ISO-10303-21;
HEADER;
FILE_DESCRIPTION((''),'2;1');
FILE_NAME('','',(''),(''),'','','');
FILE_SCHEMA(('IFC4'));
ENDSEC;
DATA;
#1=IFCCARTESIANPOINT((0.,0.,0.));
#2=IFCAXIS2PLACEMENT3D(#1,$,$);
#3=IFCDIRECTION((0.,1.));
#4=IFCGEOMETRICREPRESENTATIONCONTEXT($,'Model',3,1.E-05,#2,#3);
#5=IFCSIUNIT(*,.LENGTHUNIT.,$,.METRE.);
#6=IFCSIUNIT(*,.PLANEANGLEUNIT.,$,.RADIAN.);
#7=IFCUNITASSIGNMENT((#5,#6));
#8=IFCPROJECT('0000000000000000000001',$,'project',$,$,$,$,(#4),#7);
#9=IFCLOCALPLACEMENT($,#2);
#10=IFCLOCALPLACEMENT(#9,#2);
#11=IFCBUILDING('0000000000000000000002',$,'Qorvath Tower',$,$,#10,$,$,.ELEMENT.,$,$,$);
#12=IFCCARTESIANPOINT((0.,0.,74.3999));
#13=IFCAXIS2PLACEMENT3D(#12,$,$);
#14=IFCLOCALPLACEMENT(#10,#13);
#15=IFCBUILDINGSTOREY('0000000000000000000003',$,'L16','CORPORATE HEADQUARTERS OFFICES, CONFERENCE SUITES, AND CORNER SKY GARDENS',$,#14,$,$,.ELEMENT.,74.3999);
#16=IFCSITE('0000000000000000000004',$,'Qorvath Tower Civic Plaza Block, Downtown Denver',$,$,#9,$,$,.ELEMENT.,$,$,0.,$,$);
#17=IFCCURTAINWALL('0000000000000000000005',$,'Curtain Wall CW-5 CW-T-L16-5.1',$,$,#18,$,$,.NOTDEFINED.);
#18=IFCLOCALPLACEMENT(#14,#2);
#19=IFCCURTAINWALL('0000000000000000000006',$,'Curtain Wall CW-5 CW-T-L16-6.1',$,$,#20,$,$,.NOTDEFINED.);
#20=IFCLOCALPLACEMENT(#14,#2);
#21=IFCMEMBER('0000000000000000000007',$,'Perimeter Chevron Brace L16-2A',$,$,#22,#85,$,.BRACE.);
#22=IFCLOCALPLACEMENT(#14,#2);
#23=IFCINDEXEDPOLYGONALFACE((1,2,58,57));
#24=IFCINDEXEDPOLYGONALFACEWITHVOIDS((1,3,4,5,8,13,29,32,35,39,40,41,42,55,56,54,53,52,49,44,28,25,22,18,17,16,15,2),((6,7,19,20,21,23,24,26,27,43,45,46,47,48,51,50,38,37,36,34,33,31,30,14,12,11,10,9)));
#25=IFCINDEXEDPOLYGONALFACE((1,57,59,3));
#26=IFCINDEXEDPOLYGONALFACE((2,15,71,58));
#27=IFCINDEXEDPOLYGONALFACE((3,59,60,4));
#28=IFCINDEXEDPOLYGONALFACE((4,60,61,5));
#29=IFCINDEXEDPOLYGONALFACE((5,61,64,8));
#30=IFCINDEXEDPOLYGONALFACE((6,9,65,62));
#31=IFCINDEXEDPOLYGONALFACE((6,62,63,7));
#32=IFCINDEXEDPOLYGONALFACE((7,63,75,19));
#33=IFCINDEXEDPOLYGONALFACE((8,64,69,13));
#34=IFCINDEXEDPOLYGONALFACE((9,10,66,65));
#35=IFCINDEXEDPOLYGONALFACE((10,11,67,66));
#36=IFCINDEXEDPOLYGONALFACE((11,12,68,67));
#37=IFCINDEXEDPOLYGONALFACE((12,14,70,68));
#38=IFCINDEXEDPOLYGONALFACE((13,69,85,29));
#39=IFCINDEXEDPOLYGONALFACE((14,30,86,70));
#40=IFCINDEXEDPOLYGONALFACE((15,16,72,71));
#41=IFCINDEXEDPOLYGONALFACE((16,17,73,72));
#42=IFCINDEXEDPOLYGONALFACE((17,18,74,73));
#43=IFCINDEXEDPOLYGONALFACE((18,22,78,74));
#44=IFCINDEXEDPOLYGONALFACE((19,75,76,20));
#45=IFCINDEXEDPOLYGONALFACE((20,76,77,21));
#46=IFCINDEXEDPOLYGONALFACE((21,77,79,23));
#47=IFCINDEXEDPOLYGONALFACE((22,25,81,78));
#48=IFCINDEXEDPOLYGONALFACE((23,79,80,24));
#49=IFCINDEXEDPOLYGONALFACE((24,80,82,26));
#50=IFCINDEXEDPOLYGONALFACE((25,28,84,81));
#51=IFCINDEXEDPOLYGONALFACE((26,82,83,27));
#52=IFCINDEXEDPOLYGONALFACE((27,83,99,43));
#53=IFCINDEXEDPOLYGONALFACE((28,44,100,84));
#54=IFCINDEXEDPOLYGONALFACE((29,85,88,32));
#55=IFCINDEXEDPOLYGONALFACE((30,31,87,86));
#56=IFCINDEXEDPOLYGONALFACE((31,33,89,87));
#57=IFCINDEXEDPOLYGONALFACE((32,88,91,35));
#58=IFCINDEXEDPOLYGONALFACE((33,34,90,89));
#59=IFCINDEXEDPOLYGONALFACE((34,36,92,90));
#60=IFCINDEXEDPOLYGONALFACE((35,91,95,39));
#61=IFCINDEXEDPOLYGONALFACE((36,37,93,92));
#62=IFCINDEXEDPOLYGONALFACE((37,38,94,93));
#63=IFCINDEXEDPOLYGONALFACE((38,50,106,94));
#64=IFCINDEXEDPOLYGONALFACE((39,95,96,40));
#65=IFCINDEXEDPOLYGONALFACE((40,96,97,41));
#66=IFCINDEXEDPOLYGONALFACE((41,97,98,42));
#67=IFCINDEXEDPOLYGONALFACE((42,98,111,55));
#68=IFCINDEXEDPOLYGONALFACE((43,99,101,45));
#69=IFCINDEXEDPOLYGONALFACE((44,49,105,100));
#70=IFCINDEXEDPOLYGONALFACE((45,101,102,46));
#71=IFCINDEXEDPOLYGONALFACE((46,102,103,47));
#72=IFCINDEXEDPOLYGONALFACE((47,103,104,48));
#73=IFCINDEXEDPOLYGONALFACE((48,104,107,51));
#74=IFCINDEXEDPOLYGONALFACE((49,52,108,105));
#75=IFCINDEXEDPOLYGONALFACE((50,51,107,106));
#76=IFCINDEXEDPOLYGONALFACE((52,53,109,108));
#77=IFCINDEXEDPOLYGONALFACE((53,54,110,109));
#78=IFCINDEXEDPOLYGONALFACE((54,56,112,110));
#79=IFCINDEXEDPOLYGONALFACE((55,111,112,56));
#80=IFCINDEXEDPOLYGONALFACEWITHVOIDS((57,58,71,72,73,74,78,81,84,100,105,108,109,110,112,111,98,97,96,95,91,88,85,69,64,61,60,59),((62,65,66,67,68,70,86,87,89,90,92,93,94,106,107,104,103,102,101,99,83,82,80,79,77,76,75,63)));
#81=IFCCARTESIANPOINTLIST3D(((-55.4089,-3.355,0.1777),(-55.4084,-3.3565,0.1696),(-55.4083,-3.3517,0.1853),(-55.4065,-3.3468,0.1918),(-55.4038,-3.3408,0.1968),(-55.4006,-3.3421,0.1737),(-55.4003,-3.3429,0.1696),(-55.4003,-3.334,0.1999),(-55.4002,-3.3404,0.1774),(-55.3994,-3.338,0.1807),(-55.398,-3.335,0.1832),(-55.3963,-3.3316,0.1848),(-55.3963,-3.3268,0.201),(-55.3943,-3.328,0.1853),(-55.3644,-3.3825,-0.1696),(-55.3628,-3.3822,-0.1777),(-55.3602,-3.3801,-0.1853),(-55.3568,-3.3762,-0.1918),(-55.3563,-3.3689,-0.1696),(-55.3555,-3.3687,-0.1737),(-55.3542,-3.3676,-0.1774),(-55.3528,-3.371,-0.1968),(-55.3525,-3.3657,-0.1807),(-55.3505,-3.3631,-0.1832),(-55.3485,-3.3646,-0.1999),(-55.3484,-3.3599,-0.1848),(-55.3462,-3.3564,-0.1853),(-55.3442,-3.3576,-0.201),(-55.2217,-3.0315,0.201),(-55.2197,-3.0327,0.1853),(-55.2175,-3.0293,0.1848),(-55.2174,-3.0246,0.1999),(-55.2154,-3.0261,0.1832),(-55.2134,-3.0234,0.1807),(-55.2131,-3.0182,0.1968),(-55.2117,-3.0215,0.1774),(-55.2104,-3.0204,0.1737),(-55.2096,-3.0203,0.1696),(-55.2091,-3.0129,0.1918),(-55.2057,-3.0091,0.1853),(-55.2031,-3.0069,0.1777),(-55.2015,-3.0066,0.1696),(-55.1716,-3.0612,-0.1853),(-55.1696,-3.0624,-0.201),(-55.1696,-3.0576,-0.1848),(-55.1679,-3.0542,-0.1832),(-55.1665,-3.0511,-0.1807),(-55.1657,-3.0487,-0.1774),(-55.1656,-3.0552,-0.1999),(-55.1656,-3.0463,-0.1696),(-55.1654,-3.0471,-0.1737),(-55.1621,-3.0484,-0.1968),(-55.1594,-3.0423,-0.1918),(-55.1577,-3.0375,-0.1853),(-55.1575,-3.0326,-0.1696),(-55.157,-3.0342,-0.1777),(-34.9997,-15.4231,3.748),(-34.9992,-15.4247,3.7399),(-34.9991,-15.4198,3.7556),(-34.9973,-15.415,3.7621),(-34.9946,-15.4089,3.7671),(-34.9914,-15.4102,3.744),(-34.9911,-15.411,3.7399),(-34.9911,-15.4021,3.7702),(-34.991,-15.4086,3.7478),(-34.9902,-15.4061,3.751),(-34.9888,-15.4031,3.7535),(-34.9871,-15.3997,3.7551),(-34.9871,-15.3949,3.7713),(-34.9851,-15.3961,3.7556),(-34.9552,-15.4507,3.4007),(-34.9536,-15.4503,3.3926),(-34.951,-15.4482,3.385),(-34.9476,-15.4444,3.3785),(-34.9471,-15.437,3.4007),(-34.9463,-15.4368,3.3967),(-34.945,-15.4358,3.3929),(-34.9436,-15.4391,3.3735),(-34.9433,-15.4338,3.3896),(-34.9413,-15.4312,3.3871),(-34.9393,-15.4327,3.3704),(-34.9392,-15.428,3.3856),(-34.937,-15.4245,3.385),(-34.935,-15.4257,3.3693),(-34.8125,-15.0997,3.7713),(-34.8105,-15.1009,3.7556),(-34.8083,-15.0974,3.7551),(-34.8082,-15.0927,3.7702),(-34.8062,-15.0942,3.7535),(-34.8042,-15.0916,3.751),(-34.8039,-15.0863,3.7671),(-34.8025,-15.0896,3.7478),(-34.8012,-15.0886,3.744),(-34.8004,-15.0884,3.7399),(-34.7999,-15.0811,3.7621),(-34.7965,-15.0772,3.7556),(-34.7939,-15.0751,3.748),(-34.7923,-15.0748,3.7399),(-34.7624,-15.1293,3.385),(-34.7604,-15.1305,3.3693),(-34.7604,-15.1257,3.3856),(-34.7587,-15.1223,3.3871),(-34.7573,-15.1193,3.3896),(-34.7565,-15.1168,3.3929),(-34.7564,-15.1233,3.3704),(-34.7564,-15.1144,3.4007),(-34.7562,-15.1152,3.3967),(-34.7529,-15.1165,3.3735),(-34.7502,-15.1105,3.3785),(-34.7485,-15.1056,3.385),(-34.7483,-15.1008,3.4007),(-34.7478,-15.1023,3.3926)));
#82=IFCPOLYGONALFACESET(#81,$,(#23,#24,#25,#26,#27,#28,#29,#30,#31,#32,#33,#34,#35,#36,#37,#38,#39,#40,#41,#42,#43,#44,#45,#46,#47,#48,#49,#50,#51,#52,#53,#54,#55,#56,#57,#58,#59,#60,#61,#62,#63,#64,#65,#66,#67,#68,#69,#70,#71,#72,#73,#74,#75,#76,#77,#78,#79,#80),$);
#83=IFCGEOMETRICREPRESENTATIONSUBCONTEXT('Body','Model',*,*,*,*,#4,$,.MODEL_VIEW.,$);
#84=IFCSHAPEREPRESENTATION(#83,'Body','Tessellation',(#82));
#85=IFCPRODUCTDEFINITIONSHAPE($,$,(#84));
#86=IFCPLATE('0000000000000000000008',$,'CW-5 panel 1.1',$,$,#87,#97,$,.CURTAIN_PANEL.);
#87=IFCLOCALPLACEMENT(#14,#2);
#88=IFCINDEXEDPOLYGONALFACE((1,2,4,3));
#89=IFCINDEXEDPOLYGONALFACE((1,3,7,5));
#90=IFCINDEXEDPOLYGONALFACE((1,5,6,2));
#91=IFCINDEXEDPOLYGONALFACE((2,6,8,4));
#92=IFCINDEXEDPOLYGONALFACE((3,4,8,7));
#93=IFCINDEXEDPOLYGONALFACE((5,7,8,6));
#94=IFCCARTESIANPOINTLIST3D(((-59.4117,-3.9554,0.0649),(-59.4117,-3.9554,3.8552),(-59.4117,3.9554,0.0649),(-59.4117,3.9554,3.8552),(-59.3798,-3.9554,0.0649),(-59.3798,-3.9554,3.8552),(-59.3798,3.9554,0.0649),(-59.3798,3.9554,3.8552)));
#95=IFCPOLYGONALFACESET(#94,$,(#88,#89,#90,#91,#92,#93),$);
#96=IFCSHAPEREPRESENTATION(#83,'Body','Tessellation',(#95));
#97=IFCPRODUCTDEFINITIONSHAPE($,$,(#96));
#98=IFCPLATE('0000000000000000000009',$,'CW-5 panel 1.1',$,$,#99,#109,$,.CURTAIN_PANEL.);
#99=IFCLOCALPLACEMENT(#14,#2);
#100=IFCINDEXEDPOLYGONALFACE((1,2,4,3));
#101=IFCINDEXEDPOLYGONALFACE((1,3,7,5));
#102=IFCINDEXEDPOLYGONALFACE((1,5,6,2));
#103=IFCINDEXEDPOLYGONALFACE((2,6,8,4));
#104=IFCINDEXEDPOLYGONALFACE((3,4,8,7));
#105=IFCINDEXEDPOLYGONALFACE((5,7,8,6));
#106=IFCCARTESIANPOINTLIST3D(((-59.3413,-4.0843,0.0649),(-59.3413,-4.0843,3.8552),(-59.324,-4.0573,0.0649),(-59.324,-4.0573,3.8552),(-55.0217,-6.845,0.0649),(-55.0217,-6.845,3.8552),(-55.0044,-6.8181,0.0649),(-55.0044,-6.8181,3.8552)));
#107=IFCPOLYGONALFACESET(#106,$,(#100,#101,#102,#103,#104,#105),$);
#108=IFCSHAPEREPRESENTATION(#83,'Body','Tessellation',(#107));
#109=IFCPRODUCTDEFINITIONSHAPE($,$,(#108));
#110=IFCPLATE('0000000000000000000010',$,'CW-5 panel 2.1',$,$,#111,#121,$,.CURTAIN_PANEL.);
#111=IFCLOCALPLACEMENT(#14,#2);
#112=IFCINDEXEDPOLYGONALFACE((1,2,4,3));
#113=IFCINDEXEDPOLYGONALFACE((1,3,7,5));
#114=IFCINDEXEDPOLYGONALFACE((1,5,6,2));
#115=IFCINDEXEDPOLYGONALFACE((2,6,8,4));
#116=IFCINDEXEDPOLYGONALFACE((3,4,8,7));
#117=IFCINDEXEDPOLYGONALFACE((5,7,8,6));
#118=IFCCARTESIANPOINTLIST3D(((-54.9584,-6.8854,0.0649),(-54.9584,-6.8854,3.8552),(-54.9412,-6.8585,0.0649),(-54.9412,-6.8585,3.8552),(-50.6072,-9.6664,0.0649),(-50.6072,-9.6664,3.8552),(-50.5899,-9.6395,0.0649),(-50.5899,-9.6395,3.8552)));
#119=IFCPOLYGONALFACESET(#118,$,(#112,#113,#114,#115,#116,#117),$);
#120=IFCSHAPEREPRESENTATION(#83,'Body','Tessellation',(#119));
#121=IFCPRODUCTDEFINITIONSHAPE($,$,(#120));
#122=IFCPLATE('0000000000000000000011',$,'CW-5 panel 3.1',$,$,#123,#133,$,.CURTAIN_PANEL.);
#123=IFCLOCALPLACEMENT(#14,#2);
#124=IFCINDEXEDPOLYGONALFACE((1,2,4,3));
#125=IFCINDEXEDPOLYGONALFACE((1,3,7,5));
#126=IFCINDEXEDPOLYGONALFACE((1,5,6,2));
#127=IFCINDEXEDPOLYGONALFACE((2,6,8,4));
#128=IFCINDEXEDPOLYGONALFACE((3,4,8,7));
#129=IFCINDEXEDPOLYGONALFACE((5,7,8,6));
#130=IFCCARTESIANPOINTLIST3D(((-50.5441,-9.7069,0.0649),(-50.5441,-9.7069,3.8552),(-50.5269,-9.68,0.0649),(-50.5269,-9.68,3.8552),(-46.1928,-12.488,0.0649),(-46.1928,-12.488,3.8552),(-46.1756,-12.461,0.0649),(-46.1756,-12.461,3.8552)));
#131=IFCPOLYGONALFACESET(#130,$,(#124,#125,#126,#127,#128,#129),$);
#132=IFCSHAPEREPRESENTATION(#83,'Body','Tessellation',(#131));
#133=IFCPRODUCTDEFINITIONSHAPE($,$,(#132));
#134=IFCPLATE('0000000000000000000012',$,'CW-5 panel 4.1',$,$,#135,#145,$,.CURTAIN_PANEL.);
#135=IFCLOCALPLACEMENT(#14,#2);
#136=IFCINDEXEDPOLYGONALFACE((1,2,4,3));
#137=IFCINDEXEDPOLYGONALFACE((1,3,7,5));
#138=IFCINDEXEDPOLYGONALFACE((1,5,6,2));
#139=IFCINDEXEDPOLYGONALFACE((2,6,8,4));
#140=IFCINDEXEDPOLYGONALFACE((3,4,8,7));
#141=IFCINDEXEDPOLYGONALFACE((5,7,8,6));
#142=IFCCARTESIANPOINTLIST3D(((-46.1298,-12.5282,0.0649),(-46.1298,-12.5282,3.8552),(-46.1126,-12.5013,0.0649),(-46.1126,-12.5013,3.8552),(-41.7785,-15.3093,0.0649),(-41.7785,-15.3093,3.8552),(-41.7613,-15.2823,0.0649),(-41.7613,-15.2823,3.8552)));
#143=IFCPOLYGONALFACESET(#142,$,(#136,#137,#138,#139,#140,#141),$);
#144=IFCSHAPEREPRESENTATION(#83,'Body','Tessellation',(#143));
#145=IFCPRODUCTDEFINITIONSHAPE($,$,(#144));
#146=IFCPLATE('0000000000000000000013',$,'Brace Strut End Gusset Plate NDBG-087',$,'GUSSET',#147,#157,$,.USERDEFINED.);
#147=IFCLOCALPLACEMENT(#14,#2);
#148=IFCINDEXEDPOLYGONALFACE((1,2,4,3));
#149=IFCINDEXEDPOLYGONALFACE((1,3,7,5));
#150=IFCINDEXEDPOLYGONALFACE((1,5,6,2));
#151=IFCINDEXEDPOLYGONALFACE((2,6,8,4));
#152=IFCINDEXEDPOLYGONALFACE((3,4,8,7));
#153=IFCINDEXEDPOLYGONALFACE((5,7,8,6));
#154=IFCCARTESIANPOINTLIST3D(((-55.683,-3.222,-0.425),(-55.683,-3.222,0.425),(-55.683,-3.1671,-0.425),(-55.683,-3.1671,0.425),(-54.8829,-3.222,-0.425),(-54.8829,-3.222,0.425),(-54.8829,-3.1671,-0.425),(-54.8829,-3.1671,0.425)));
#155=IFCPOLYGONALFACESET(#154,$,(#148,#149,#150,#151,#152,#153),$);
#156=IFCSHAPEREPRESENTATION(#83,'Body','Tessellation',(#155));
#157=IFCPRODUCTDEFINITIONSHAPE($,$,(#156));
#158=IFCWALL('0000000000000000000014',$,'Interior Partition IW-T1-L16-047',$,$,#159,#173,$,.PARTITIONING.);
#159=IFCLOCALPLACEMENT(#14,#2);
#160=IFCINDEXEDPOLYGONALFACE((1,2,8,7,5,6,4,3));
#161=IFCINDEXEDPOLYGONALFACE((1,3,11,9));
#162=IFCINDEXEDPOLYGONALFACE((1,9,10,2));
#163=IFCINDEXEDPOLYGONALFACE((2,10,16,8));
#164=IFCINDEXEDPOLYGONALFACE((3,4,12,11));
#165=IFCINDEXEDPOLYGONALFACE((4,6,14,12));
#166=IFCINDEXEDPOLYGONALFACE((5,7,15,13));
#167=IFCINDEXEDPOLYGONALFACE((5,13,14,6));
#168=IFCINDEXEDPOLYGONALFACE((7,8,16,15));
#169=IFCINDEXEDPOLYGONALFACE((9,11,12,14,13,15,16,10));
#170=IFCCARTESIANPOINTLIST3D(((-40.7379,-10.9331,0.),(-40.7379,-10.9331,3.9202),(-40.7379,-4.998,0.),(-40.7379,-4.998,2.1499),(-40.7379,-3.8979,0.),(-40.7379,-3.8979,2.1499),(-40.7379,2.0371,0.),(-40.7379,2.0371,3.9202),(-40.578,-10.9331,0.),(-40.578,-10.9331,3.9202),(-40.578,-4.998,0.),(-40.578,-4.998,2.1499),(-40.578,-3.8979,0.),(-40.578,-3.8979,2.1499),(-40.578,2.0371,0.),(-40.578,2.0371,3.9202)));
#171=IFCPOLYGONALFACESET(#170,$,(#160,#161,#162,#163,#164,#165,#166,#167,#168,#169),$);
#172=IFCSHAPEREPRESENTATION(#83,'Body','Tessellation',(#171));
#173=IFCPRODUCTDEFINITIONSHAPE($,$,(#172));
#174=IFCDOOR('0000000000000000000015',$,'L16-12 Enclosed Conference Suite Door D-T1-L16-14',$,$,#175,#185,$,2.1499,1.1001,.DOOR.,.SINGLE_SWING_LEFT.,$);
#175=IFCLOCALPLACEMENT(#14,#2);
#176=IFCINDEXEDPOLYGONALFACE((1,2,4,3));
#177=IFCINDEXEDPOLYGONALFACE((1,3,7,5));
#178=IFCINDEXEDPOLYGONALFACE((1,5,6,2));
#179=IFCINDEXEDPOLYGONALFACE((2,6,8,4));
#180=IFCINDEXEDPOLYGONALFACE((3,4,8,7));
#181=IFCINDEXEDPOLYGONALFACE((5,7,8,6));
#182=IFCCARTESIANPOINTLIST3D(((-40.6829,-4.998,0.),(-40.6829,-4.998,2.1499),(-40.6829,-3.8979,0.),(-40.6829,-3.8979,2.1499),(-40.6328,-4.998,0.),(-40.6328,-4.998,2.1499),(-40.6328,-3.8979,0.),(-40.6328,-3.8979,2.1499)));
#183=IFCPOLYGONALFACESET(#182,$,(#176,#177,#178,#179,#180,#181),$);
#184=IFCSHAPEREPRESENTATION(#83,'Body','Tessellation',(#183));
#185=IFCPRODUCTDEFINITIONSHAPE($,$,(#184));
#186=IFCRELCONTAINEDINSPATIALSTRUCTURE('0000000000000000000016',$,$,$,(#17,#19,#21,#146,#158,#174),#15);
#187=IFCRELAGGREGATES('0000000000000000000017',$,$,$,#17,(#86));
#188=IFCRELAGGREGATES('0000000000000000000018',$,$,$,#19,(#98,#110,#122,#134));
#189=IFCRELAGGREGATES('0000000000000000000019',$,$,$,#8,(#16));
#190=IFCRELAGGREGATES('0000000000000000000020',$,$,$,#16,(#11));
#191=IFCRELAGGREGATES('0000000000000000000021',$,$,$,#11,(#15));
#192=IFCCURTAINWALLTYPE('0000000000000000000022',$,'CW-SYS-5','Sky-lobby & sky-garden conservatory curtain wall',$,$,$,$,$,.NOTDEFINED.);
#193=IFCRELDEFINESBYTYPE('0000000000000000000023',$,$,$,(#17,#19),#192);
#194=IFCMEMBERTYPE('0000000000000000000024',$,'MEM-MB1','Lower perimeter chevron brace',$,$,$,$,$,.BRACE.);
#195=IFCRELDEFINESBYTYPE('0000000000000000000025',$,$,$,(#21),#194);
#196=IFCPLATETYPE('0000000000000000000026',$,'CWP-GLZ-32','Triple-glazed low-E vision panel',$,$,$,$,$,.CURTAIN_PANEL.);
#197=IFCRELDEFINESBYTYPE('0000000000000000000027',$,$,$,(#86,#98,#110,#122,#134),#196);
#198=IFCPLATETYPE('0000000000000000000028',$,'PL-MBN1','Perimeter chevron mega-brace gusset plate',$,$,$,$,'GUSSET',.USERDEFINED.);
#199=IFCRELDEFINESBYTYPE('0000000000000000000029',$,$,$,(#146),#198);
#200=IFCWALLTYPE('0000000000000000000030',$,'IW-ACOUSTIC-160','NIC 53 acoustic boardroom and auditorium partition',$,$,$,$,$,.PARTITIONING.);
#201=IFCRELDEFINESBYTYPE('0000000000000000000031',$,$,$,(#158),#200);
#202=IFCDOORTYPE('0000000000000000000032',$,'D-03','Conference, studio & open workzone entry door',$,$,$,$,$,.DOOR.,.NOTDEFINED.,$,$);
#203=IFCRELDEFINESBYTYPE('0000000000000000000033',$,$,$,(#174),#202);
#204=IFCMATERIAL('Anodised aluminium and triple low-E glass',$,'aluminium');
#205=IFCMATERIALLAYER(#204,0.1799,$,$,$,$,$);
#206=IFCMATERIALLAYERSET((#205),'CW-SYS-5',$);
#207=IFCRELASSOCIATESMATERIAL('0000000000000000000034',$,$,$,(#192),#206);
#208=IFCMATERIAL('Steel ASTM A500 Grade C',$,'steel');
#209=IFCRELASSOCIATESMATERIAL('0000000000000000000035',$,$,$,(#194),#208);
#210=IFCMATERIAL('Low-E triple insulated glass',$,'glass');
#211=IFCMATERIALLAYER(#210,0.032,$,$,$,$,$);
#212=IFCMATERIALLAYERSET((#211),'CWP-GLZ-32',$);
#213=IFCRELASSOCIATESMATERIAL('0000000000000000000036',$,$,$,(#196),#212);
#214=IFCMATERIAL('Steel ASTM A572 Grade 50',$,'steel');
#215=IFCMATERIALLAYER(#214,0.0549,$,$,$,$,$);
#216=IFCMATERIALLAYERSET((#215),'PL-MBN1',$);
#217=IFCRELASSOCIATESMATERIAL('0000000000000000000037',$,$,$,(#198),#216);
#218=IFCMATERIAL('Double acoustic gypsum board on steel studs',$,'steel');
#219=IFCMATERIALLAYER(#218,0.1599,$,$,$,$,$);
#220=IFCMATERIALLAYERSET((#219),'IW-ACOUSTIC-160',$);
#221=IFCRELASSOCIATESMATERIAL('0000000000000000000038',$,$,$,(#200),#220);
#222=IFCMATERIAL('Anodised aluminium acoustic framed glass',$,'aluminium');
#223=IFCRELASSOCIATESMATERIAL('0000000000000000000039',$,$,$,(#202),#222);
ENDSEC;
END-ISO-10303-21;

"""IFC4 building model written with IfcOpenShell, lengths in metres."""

from ifc_helpers import new_model, si_unit, direction, frame, frame_2d, origin, origin_2d, place, context, subcontext, project, spatial, rectangle, hollow_rectangle, extrude, material, layer, layer_set, material_profile, profile_set, type_object, element, fill, aggregate, save


model = new_model("IFC4")

# Units and contexts
model_context = context("Model", 3, precision=1e-05, world=origin(), true_north=direction((0.0, 1.0)))
body_context = subcontext(model_context, "Body", "Model", "MODEL_VIEW")
ifc_project = project(units=[si_unit("LENGTHUNIT", "METRE"), si_unit("PLANEANGLEUNIT", "RADIAN")], contexts=[model_context])

# Site, building, storey
site_placement = place(None, origin())
site = spatial("IfcSite", under=ifc_project, at=site_placement, Name="Qorvath Tower Civic Plaza Block, Downtown Denver", CompositionType="ELEMENT", RefElevation=0.0)
building_placement = place(site_placement, origin())
building = spatial("IfcBuilding", under=site, at=building_placement, Name="Qorvath Tower", CompositionType="ELEMENT")
storey_placement = place(building_placement, frame((0.0, 0.0, 74.3999)))
storey = spatial("IfcBuildingStorey", under=building, at=storey_placement, Name="L16", Description="CORPORATE HEADQUARTERS OFFICES, CONFERENCE SUITES, AND CORNER SKY GARDENS", CompositionType="ELEMENT", Elevation=74.3999)

# Curtain wall
ifc_material_1 = material(Name="Anodised aluminium and triple low-E glass", Category="aluminium")
ifc_layer_1 = layer(ifc_material_1, 0.1799)
ifc_layer_set_1 = layer_set([ifc_layer_1], Name="CW-SYS-5")
curtain_wall_type = type_object("IfcCurtainWallType", Name="CW-SYS-5", Description="Sky-lobby & sky-garden conservatory curtain wall", PredefinedType="NOTDEFINED", material=ifc_layer_set_1)
curtain_wall_1_placement = place(storey_placement, origin())
curtain_wall_1 = element("IfcCurtainWall", 1, at=curtain_wall_1_placement, inside=storey, type_object=curtain_wall_type, Name="Curtain Wall CW-5 CW-T-L16-5.1", PredefinedType="NOTDEFINED")

# Curtain wall
curtain_wall_2_placement = place(storey_placement, origin())
curtain_wall_2 = element("IfcCurtainWall", 2, at=curtain_wall_2_placement, inside=storey, type_object=curtain_wall_type, Name="Curtain Wall CW-5 CW-T-L16-6.1", PredefinedType="NOTDEFINED")

# Member
ifc_material_2 = material(Name="Steel ASTM A500 Grade C", Category="steel")
ifc_material_profile_1 = material_profile(ifc_material_2, hollow_rectangle(XDim=0.4065, YDim=0.4065, WallThickness=0.0159, InnerFilletRadius=0.0159, OuterFilletRadius=0.0317, at=origin_2d()), Name="HSS 406x406x16")
ifc_profile_set_1 = profile_set([ifc_material_profile_1], Name="Steel ASTM A500 Grade C")
member_type_1 = type_object("IfcMemberType", Name="MEM-MB1", Description="Lower perimeter chevron brace", PredefinedType="BRACE", material=ifc_profile_set_1)
member_1_placement = place(storey_placement, frame((-55.283, -3.1946, 0.0), z_axis=(0.85118, -0.50331, 0.148903), x_axis=(0.508984, 0.860776, 0.0)))
element("IfcMember", 3, at=member_1_placement, inside=storey, type_object=member_type_1, Name="Perimeter Chevron Brace L16-2A", PredefinedType="BRACE", context=body_context, shape_type="SweptSolid", body=[
    extrude(hollow_rectangle(XDim=0.4065, YDim=0.4065, WallThickness=0.0159, InnerFilletRadius=0.0159, OuterFilletRadius=0.0317, at=origin_2d()), origin(), (0.0, 0.0, 1.0), 23.9775),
])

# Plates
ifc_material_3 = material(Name="Low-E triple insulated glass", Category="glass")
ifc_layer_2 = layer(ifc_material_3, 0.032)
ifc_layer_set_2 = layer_set([ifc_layer_2], Name="CWP-GLZ-32")
plate_type_1 = type_object("IfcPlateType", Name="CWP-GLZ-32", Description="Triple-glazed low-E vision panel", PredefinedType="CURTAIN_PANEL", material=ifc_layer_set_2)
plate_1_placement = place(storey_placement, frame((-59.3958, 0.0, 0.0649), z_axis=(0.0, 0.0, 1.0), x_axis=(0.0, -1.0, 0.0)))
plate_1 = element("IfcPlate", 4, at=plate_1_placement, type_object=plate_type_1, Name="CW-5 panel 1.1", PredefinedType="CURTAIN_PANEL", context=body_context, shape_type="SweptSolid", body=[
    extrude(rectangle(XDim=7.9109, YDim=0.032, at=origin_2d()), origin(), (0.0, 0.0, 1.0), 3.7903),
])
aggregate(curtain_wall_1, [plate_1])
plate_2_placement = place(storey_placement, frame((-57.1729, -5.4512, 0.0649), z_axis=(0.0, 0.0, 1.0), x_axis=(0.842604, -0.538533, 0.0)))
plate_2 = element("IfcPlate", 5, at=plate_2_placement, type_object=plate_type_1, Name="CW-5 panel 1.1", PredefinedType="CURTAIN_PANEL", context=body_context, shape_type="SweptSolid", body=[
    extrude(rectangle(XDim=5.1265, YDim=0.032, at=origin_2d()), origin(), (0.0, 0.0, 1.0), 3.7903),
])
plate_3_placement = place(storey_placement, frame((-52.7742, -8.2625, 0.0649), z_axis=(0.0, 0.0, 1.0), x_axis=(0.842604, -0.538533, 0.0)))
plate_3 = element("IfcPlate", 6, at=plate_3_placement, type_object=plate_type_1, Name="CW-5 panel 2.1", PredefinedType="CURTAIN_PANEL", context=body_context, shape_type="SweptSolid", body=[
    extrude(rectangle(XDim=5.1641, YDim=0.032, at=origin_2d()), origin(), (0.0, 0.0, 1.0), 3.7903),
])
plate_4_placement = place(storey_placement, frame((-48.3599, -11.084, 0.0649), z_axis=(0.0, 0.0, 1.0), x_axis=(0.842604, -0.538533, 0.0)))
plate_4 = element("IfcPlate", 7, at=plate_4_placement, type_object=plate_type_1, Name="CW-5 panel 3.1", PredefinedType="CURTAIN_PANEL", context=body_context, shape_type="SweptSolid", body=[
    extrude(rectangle(XDim=5.1641, YDim=0.032, at=origin_2d()), origin(), (0.0, 0.0, 1.0), 3.7903),
])
plate_5_placement = place(storey_placement, frame((-43.9456, -13.9053, 0.0649), z_axis=(0.0, 0.0, 1.0), x_axis=(0.842604, -0.538533, 0.0)))
plate_5 = element("IfcPlate", 8, at=plate_5_placement, type_object=plate_type_1, Name="CW-5 panel 4.1", PredefinedType="CURTAIN_PANEL", context=body_context, shape_type="SweptSolid", body=[
    extrude(rectangle(XDim=5.1641, YDim=0.032, at=origin_2d()), origin(), (0.0, 0.0, 1.0), 3.7903),
])
aggregate(curtain_wall_2, [plate_2, plate_3, plate_4, plate_5])
ifc_material_4 = material(Name="Steel ASTM A572 Grade 50", Category="steel")
ifc_layer_3 = layer(ifc_material_4, 0.0549)
ifc_layer_set_3 = layer_set([ifc_layer_3], Name="PL-MBN1")
plate_type_2 = type_object("IfcPlateType", Name="PL-MBN1", Description="Perimeter chevron mega-brace gusset plate", ElementType="GUSSET", PredefinedType="USERDEFINED", material=ifc_layer_set_3)
plate_6_placement = place(storey_placement, frame((-55.283, -3.1946, -0.425), z_axis=(0.0, 0.0, 1.0), x_axis=(1.0, 0.0, 0.0)))
element("IfcPlate", 9, at=plate_6_placement, inside=storey, type_object=plate_type_2, Name="Brace Strut End Gusset Plate NDBG-087", ObjectType="GUSSET", PredefinedType="USERDEFINED", context=body_context, shape_type="SweptSolid", body=[
    extrude(rectangle(XDim=0.8, YDim=0.0549, at=origin_2d()), origin(), (0.0, 0.0, 1.0), 0.8501),
])

# Wall, opening, door
ifc_material_5 = material(Name="Double acoustic gypsum board on steel studs", Category="steel")
ifc_layer_4 = layer(ifc_material_5, 0.1599)
ifc_layer_set_4 = layer_set([ifc_layer_4], Name="IW-ACOUSTIC-160")
wall_type = type_object("IfcWallType", Name="IW-ACOUSTIC-160", Description="NIC 53 acoustic boardroom and auditorium partition", PredefinedType="PARTITIONING", material=ifc_layer_set_4)
wall_placement = place(storey_placement, frame((-40.658, -10.9331, 0.0), z_axis=(0.0, 0.0, 1.0), x_axis=(0.0, 1.0, 0.0)))
wall = element("IfcWall", 10, at=wall_placement, inside=storey, type_object=wall_type, Name="Interior Partition IW-T1-L16-047", PredefinedType="PARTITIONING", context=body_context, shape_type="SweptSolid", body=[
    extrude(rectangle(XDim=12.9702, YDim=0.1599, at=frame_2d((6.4851, 0.0))), origin(), (0.0, 0.0, 1.0), 3.9202),
])
opening_placement = place(wall_placement, frame((5.9351, 0.0, 0.0)))
opening = element("IfcOpeningElement", 11, at=opening_placement, cuts=wall, PredefinedType="OPENING", context=body_context, shape_type="SweptSolid", body=[
    extrude(rectangle(XDim=1.1001, YDim=2.1499, at=frame_2d((0.55, 1.075))), frame((0.0, 0.0898, 0.0), z_axis=(0.0, -1.0, 0.0), x_axis=(1.0, 0.0, 0.0)), (0.0, 0.0, 1.0), 0.1799),
])
ifc_material_6 = material(Name="Anodised aluminium acoustic framed glass", Category="aluminium")
door_type = type_object("IfcDoorType", Name="D-03", Description="Conference, studio & open workzone entry door", OperationType="NOTDEFINED", PredefinedType="DOOR", material=ifc_material_6)
door_placement = place(opening_placement, origin())
door = element("IfcDoor", 12, at=door_placement, inside=storey, type_object=door_type, Name="L16-12 Enclosed Conference Suite Door D-T1-L16-14", OperationType="SINGLE_SWING_LEFT", OverallHeight=2.1499, OverallWidth=1.1001, PredefinedType="DOOR", context=body_context, shape_type="SweptSolid", body=[
    extrude(rectangle(XDim=1.1001, YDim=2.1499, at=frame_2d((0.55, 1.075))), frame((0.0, 0.0249, 0.0), z_axis=(0.0, -1.0, 0.0), x_axis=(1.0, 0.0, 0.0)), (0.0, 0.0, 1.0), 0.05),
])
fill(opening, door)

save(model, "model.ifc")
